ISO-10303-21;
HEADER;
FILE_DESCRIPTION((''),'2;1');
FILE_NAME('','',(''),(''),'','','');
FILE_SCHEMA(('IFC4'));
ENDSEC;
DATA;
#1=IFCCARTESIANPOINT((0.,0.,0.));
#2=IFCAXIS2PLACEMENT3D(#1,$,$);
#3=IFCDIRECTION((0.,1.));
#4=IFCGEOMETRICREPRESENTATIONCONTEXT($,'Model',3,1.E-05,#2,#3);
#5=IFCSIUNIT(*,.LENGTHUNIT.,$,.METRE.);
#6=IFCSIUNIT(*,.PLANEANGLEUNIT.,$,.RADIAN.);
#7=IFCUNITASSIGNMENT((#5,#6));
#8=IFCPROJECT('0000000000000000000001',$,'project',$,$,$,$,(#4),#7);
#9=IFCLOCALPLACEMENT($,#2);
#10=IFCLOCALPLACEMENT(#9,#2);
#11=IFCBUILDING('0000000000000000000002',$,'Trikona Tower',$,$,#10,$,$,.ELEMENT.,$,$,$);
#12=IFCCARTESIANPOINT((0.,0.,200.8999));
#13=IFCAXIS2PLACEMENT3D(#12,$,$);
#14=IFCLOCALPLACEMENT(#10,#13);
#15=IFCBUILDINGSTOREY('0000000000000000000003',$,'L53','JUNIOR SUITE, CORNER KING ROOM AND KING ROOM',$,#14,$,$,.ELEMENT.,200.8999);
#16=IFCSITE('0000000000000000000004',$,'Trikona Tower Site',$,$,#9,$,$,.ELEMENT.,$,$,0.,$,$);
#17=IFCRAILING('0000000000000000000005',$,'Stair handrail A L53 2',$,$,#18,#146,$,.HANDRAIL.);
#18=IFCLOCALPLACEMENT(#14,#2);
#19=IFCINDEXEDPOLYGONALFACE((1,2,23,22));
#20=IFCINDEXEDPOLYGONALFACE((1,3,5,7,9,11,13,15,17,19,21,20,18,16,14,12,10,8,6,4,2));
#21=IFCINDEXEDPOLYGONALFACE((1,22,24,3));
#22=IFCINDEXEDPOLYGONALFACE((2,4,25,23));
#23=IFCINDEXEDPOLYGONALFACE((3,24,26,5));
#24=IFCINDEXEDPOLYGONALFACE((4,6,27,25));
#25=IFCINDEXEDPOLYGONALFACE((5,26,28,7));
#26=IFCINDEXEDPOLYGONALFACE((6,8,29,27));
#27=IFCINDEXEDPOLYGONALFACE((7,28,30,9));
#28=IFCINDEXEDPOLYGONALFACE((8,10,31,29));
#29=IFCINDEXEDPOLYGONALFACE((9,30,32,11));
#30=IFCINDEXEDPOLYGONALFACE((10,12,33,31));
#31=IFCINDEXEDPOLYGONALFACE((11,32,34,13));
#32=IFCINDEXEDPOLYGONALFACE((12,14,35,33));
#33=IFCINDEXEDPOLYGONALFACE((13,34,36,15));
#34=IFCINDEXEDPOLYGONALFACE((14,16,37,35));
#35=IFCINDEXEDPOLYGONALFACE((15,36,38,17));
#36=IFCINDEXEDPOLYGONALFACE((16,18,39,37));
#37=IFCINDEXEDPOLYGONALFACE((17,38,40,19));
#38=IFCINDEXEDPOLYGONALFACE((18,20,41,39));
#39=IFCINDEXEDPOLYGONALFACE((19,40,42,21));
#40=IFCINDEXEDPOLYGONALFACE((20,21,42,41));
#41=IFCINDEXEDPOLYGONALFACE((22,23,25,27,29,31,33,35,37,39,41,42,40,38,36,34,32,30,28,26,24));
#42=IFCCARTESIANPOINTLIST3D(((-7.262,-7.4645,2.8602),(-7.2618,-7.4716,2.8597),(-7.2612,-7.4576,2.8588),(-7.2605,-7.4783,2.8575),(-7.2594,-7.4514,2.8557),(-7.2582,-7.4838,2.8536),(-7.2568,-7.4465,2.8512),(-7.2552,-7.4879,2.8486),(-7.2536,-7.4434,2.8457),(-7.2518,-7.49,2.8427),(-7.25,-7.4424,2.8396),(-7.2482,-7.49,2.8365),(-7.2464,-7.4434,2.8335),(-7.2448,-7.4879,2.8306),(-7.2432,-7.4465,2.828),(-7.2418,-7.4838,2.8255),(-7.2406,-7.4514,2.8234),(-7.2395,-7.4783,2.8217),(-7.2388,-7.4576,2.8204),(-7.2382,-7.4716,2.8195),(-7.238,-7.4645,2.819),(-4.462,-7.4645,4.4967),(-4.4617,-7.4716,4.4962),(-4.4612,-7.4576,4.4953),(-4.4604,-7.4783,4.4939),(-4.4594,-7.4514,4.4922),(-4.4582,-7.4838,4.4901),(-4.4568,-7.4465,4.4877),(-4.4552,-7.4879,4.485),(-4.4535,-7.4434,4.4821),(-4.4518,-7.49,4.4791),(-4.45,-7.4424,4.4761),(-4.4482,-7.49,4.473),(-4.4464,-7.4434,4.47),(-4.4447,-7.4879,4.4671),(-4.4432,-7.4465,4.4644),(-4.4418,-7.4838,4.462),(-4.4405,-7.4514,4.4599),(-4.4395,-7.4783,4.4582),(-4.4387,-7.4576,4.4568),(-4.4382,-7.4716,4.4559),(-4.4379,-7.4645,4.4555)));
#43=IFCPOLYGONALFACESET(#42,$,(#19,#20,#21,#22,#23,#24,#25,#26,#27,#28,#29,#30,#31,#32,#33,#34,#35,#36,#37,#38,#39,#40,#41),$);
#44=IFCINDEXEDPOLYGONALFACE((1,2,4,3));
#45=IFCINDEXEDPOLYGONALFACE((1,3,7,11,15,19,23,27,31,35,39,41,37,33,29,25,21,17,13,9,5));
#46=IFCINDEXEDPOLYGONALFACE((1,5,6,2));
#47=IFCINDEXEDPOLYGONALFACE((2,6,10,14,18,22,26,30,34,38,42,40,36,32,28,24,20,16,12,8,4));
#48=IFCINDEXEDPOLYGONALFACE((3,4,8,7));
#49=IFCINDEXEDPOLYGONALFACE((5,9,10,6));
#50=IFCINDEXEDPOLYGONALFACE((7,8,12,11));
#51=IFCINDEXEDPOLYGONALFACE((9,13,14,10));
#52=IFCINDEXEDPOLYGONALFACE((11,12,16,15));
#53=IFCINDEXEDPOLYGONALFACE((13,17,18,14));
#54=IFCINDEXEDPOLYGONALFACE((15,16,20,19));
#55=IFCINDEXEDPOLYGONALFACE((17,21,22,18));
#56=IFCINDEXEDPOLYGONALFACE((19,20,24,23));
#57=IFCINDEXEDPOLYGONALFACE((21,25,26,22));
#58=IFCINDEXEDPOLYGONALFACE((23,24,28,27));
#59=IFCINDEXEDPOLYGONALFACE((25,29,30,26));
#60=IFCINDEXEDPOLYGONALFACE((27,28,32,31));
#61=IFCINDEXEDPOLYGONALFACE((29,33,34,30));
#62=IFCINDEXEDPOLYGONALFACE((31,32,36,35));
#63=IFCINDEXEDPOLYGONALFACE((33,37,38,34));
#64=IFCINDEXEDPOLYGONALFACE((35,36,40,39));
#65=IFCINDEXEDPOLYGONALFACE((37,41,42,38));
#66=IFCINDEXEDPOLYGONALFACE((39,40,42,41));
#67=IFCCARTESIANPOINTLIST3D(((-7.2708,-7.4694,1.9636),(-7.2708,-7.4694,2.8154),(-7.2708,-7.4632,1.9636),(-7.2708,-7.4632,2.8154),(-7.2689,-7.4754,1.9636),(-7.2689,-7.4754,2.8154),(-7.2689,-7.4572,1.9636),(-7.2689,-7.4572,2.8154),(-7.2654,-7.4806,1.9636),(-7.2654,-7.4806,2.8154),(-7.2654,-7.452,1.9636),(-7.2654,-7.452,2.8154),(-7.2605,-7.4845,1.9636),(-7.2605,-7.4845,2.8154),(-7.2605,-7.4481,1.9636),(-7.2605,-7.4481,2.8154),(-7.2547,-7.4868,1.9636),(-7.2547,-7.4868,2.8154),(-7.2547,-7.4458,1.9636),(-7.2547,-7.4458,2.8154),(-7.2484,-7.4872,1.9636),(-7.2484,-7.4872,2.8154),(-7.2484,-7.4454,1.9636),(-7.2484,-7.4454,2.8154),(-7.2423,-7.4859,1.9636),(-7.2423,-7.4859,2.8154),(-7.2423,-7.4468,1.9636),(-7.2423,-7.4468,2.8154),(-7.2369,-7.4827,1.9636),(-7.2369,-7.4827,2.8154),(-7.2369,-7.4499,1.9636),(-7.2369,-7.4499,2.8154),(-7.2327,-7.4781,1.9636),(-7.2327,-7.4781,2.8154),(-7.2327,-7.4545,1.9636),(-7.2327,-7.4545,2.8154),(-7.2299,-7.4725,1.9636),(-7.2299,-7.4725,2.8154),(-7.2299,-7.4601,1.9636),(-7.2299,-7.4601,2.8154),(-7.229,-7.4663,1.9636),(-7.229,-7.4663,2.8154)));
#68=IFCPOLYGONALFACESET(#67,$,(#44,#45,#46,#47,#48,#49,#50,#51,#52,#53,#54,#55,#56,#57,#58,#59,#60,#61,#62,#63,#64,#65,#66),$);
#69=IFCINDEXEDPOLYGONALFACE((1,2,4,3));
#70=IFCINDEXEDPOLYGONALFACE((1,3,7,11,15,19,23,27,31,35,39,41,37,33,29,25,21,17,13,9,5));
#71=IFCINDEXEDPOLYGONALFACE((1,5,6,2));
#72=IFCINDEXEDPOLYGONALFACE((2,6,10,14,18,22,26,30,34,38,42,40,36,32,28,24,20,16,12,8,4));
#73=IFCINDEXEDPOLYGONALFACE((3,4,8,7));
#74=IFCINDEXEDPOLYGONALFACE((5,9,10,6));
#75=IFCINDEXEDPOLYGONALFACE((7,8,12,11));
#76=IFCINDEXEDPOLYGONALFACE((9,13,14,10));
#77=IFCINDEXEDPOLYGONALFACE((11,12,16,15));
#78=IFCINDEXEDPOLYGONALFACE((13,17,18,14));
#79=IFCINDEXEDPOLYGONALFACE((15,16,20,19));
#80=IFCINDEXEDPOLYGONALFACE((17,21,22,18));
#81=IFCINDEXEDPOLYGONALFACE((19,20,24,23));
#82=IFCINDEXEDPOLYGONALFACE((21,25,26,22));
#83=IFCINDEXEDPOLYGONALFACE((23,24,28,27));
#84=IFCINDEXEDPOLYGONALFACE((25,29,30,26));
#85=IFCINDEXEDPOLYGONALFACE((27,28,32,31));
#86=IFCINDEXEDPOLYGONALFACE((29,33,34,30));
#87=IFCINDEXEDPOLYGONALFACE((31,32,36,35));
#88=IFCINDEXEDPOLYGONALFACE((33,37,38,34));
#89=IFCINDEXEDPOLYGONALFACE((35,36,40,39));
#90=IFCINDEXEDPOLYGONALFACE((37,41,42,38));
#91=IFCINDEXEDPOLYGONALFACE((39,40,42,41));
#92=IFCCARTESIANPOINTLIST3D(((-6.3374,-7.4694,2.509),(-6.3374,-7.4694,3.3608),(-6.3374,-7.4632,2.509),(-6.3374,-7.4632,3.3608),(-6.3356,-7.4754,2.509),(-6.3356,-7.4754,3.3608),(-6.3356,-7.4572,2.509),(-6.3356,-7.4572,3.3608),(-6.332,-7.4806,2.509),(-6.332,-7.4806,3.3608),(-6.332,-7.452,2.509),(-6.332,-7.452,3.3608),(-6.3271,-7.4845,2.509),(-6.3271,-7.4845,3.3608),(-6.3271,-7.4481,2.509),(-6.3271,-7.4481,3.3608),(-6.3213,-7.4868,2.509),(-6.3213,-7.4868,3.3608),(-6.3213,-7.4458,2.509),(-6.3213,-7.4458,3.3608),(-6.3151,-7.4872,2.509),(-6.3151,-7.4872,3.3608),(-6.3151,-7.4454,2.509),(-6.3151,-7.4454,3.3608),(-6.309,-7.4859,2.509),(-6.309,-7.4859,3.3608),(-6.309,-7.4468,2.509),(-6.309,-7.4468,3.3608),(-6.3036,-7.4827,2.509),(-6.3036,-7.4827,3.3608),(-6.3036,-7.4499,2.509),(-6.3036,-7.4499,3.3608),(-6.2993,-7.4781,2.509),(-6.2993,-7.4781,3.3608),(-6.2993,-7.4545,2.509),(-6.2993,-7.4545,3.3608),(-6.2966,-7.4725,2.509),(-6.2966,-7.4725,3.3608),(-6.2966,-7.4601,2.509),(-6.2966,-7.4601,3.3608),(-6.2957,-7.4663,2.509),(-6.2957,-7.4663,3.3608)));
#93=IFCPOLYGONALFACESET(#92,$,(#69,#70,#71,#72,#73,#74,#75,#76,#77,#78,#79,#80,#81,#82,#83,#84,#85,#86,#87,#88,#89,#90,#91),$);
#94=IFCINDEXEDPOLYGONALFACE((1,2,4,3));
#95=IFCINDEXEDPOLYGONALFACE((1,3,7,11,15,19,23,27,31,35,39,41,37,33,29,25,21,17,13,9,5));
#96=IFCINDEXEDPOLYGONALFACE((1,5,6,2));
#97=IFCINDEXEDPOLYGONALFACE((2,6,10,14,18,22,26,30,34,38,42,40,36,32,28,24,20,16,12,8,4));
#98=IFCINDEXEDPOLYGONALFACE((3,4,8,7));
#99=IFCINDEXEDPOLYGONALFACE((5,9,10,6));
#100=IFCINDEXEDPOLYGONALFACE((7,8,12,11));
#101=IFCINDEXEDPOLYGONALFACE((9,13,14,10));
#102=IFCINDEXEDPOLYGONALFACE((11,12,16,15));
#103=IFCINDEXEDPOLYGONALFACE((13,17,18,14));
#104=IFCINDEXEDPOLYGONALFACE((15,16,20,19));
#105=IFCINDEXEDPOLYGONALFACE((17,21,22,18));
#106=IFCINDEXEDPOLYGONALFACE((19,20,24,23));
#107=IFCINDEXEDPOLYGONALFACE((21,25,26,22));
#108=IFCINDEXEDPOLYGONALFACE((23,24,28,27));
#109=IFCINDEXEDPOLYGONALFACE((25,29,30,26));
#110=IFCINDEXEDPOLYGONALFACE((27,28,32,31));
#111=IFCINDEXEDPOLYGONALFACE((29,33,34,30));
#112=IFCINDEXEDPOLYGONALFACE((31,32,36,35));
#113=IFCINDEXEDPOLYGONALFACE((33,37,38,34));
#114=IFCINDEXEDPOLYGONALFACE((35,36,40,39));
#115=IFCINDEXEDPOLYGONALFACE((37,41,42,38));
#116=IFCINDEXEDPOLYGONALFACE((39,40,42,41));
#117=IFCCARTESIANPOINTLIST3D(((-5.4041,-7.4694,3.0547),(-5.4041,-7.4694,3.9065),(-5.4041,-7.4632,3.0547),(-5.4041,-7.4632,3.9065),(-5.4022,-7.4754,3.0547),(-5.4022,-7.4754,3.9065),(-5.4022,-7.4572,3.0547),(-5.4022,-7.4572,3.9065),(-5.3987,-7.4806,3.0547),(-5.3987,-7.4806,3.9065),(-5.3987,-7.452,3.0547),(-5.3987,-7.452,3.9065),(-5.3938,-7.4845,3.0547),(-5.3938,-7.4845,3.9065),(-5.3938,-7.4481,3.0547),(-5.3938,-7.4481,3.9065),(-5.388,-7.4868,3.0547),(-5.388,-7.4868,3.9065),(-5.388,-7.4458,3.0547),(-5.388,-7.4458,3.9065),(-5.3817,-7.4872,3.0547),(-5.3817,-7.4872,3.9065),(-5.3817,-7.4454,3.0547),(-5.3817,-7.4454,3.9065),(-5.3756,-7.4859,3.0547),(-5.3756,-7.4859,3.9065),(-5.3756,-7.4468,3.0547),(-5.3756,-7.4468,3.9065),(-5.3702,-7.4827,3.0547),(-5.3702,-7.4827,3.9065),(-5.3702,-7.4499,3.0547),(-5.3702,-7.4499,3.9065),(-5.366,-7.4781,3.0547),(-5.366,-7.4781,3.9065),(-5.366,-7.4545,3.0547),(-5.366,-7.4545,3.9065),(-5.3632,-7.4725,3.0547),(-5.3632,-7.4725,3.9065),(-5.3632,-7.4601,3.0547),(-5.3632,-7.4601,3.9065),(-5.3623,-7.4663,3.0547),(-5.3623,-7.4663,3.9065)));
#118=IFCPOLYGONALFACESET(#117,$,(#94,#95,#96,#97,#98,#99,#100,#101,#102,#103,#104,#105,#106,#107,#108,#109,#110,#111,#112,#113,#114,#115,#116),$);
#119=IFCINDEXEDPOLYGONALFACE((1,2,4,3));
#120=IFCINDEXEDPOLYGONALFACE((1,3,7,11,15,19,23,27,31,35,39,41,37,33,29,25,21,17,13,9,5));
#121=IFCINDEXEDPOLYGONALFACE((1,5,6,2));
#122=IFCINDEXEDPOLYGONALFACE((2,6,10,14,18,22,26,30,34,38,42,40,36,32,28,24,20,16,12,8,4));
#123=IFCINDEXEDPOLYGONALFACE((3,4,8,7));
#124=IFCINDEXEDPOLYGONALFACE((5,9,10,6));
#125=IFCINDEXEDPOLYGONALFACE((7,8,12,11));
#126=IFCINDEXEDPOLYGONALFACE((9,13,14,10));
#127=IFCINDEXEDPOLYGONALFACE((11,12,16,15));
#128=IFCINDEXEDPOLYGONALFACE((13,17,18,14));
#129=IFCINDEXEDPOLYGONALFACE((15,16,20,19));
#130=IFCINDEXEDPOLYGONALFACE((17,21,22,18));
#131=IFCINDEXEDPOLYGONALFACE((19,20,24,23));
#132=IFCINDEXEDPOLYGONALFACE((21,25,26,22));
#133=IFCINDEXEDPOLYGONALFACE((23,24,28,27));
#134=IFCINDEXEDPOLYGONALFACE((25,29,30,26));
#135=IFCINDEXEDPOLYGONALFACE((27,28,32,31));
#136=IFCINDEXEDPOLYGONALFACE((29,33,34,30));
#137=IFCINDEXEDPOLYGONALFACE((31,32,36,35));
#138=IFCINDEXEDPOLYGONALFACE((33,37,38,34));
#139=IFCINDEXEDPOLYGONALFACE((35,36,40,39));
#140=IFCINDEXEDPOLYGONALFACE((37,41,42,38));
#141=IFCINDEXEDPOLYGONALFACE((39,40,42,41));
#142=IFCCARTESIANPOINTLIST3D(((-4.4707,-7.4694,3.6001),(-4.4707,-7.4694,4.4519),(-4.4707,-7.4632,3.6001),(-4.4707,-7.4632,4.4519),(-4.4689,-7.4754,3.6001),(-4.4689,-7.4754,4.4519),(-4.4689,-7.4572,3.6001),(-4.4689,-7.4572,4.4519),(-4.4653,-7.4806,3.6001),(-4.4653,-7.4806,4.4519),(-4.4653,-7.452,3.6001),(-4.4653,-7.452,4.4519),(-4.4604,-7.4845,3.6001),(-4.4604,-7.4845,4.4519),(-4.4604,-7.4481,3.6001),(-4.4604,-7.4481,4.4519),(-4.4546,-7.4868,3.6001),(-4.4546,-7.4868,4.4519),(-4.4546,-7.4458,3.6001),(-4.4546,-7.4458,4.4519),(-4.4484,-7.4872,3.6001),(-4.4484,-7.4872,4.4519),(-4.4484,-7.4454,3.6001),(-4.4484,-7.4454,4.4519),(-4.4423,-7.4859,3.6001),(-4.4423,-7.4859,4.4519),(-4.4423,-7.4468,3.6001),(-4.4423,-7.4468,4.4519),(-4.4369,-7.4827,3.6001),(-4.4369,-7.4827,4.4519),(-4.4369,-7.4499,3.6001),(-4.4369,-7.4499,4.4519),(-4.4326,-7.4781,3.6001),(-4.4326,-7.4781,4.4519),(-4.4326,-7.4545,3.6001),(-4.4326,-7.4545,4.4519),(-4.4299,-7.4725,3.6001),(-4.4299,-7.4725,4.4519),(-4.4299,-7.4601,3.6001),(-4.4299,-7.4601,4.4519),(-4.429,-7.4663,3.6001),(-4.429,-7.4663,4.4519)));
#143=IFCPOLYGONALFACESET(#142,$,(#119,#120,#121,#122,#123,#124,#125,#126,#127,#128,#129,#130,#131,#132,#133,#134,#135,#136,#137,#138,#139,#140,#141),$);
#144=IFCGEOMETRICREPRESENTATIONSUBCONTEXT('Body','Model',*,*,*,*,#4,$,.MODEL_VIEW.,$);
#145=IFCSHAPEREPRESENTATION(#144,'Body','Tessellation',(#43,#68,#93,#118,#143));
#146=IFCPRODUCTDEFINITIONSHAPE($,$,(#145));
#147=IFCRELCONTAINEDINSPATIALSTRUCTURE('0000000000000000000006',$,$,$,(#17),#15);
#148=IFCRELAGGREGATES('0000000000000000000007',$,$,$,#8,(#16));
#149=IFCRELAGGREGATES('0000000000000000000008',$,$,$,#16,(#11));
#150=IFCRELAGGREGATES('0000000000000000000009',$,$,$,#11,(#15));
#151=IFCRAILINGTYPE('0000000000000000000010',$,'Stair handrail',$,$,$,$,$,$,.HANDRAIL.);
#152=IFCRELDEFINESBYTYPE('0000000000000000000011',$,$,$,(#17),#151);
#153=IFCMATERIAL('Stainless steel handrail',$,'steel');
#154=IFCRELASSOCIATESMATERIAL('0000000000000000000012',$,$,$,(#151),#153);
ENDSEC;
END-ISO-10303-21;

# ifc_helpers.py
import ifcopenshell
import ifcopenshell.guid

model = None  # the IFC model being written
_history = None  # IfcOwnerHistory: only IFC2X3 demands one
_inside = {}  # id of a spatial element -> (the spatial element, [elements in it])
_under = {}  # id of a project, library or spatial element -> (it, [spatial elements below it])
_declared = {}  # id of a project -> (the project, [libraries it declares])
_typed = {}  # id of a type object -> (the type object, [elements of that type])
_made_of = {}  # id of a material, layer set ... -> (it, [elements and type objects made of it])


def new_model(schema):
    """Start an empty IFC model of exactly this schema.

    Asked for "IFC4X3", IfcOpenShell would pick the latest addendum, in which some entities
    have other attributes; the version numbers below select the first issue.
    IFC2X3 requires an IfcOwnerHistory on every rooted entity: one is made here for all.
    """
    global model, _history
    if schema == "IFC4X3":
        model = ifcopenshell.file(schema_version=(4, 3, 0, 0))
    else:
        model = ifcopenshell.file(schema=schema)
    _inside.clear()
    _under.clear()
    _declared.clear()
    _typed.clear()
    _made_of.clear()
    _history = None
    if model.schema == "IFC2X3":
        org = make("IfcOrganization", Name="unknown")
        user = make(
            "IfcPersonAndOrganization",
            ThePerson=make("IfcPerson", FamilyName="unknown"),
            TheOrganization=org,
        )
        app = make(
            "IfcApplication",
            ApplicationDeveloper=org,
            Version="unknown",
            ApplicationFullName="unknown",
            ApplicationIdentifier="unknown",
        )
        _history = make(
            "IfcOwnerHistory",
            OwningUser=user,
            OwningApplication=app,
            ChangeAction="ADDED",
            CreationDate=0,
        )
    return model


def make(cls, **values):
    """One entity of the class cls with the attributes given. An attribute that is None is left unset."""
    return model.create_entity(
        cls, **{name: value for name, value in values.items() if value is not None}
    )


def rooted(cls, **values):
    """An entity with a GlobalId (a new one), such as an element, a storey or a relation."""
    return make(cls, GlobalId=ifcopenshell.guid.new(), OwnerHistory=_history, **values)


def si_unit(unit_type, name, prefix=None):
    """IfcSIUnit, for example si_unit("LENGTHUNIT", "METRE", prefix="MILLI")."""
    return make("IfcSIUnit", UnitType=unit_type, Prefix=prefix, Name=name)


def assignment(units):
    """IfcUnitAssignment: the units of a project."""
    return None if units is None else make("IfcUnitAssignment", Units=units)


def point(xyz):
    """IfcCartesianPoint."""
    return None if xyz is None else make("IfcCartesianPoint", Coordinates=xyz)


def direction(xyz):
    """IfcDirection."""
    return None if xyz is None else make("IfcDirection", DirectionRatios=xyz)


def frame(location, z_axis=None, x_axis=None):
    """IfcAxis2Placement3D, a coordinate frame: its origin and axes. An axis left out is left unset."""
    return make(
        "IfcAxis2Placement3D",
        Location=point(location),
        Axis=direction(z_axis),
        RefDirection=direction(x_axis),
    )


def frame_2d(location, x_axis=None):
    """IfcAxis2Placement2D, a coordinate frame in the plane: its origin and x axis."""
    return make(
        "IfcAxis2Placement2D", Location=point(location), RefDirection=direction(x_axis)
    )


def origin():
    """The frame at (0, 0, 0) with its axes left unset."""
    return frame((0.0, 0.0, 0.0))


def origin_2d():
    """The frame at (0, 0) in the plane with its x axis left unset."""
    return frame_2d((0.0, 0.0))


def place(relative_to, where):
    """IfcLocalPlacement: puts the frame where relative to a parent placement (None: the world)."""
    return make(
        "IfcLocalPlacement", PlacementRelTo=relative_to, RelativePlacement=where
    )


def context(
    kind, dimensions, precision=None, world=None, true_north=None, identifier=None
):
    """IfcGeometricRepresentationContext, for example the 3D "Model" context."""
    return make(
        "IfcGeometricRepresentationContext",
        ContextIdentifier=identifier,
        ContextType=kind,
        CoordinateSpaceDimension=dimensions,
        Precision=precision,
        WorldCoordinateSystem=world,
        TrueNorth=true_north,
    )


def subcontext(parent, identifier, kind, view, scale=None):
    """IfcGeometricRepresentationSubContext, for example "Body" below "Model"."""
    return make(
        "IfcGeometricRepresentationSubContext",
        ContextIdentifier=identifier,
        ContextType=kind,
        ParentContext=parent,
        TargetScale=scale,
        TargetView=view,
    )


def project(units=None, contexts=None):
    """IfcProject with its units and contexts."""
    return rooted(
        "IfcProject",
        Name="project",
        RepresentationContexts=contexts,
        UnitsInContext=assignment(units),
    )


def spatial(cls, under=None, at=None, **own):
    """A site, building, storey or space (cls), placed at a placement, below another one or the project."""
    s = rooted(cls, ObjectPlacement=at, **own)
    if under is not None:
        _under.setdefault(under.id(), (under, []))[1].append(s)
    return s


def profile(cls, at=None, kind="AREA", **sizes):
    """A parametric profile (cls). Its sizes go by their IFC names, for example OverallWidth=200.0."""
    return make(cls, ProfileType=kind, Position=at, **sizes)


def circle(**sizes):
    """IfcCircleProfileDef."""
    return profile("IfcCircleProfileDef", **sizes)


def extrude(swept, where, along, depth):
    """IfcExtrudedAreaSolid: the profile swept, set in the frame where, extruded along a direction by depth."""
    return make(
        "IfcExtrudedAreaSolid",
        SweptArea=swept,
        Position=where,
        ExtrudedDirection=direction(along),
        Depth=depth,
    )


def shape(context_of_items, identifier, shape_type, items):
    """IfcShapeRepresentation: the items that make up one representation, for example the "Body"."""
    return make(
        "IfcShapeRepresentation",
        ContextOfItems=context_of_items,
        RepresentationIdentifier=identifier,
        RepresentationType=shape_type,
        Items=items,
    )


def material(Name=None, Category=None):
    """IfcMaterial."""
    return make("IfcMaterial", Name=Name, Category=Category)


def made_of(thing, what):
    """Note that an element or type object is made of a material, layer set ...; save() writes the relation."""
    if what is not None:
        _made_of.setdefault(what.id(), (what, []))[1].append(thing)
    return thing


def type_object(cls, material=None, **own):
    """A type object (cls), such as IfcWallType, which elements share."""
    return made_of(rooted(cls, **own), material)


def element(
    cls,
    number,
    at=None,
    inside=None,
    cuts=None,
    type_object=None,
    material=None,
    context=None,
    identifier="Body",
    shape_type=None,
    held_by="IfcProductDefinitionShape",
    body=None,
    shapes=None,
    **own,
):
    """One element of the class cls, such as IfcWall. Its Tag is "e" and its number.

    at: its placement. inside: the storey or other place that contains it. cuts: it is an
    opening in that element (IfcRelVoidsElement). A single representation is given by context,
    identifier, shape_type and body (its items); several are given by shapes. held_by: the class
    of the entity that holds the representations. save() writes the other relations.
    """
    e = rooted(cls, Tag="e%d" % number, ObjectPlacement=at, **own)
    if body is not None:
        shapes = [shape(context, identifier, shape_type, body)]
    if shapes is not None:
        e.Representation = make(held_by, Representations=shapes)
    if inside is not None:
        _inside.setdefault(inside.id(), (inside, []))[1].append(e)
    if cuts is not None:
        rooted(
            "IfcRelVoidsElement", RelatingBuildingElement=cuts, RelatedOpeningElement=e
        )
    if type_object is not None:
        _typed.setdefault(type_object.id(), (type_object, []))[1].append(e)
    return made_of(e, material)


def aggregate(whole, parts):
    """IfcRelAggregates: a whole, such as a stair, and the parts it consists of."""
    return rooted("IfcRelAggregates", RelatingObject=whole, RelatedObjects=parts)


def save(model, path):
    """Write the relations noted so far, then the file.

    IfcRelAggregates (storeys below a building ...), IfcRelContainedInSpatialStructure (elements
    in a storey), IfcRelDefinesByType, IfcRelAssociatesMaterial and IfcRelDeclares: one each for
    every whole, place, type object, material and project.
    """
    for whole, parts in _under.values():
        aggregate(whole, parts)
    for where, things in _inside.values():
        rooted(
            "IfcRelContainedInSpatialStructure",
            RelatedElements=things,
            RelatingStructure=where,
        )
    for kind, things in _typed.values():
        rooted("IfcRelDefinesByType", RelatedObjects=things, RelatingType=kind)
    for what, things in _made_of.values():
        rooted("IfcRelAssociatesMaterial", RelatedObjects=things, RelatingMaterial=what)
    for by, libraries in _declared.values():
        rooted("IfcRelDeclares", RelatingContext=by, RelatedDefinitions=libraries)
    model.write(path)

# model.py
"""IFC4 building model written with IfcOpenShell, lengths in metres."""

from ifc_helpers import new_model, si_unit, direction, frame, origin, origin_2d, place, context, subcontext, project, spatial, circle, extrude, material, type_object, element, save


model = new_model("IFC4")

# Units and contexts
model_context = context("Model", 3, precision=1e-05, world=origin(), true_north=direction((0.0, 1.0)))
body_context = subcontext(model_context, "Body", "Model", "MODEL_VIEW")
ifc_project = project(units=[si_unit("LENGTHUNIT", "METRE"), si_unit("PLANEANGLEUNIT", "RADIAN")], contexts=[model_context])

# Site, building, storey
site_placement = place(None, origin())
site = spatial("IfcSite", under=ifc_project, at=site_placement, Name="Trikona Tower Site", CompositionType="ELEMENT", RefElevation=0.0)
building_placement = place(site_placement, origin())
building = spatial("IfcBuilding", under=site, at=building_placement, Name="Trikona Tower", CompositionType="ELEMENT")
storey_placement = place(building_placement, frame((0.0, 0.0, 200.8999)))
storey = spatial("IfcBuildingStorey", under=building, at=storey_placement, Name="L53", Description="JUNIOR SUITE, CORNER KING ROOM AND KING ROOM", CompositionType="ELEMENT", Elevation=200.8999)

# Railing
ifc_material_1 = material(Name="Stainless steel handrail", Category="steel")
railing_type = type_object("IfcRailingType", Name="Stair handrail", PredefinedType="HANDRAIL", material=ifc_material_1)
railing_placement = place(storey_placement, frame((-7.25, -7.4663, 1.9636)))
element("IfcRailing", 1, at=railing_placement, inside=storey, type_object=railing_type, Name="Stair handrail A L53 2", PredefinedType="HANDRAIL", context=body_context, shape_type="SweptSolid", body=[
    extrude(circle(Radius=0.0239, at=origin_2d()), frame((0.0, 0.0, 0.876), z_axis=(0.863361, 0.0, 0.504587), x_axis=(0.0, 1.0, 0.0)), (0.0, 0.0, 1.0), 3.2432),
    extrude(circle(Radius=0.021, at=origin_2d()), origin(), (0.0, 0.0, 1.0), 0.8518),
    extrude(circle(Radius=0.021, at=origin_2d()), frame((0.9333, 0.0, 0.5454)), (0.0, 0.0, 1.0), 0.8518),
    extrude(circle(Radius=0.021, at=origin_2d()), frame((1.8667, 0.0, 1.0911)), (0.0, 0.0, 1.0), 0.8518),
    extrude(circle(Radius=0.021, at=origin_2d()), frame((2.8, 0.0, 1.6365)), (0.0, 0.0, 1.0), 0.8518),
])

save(model, "model.ifc")
